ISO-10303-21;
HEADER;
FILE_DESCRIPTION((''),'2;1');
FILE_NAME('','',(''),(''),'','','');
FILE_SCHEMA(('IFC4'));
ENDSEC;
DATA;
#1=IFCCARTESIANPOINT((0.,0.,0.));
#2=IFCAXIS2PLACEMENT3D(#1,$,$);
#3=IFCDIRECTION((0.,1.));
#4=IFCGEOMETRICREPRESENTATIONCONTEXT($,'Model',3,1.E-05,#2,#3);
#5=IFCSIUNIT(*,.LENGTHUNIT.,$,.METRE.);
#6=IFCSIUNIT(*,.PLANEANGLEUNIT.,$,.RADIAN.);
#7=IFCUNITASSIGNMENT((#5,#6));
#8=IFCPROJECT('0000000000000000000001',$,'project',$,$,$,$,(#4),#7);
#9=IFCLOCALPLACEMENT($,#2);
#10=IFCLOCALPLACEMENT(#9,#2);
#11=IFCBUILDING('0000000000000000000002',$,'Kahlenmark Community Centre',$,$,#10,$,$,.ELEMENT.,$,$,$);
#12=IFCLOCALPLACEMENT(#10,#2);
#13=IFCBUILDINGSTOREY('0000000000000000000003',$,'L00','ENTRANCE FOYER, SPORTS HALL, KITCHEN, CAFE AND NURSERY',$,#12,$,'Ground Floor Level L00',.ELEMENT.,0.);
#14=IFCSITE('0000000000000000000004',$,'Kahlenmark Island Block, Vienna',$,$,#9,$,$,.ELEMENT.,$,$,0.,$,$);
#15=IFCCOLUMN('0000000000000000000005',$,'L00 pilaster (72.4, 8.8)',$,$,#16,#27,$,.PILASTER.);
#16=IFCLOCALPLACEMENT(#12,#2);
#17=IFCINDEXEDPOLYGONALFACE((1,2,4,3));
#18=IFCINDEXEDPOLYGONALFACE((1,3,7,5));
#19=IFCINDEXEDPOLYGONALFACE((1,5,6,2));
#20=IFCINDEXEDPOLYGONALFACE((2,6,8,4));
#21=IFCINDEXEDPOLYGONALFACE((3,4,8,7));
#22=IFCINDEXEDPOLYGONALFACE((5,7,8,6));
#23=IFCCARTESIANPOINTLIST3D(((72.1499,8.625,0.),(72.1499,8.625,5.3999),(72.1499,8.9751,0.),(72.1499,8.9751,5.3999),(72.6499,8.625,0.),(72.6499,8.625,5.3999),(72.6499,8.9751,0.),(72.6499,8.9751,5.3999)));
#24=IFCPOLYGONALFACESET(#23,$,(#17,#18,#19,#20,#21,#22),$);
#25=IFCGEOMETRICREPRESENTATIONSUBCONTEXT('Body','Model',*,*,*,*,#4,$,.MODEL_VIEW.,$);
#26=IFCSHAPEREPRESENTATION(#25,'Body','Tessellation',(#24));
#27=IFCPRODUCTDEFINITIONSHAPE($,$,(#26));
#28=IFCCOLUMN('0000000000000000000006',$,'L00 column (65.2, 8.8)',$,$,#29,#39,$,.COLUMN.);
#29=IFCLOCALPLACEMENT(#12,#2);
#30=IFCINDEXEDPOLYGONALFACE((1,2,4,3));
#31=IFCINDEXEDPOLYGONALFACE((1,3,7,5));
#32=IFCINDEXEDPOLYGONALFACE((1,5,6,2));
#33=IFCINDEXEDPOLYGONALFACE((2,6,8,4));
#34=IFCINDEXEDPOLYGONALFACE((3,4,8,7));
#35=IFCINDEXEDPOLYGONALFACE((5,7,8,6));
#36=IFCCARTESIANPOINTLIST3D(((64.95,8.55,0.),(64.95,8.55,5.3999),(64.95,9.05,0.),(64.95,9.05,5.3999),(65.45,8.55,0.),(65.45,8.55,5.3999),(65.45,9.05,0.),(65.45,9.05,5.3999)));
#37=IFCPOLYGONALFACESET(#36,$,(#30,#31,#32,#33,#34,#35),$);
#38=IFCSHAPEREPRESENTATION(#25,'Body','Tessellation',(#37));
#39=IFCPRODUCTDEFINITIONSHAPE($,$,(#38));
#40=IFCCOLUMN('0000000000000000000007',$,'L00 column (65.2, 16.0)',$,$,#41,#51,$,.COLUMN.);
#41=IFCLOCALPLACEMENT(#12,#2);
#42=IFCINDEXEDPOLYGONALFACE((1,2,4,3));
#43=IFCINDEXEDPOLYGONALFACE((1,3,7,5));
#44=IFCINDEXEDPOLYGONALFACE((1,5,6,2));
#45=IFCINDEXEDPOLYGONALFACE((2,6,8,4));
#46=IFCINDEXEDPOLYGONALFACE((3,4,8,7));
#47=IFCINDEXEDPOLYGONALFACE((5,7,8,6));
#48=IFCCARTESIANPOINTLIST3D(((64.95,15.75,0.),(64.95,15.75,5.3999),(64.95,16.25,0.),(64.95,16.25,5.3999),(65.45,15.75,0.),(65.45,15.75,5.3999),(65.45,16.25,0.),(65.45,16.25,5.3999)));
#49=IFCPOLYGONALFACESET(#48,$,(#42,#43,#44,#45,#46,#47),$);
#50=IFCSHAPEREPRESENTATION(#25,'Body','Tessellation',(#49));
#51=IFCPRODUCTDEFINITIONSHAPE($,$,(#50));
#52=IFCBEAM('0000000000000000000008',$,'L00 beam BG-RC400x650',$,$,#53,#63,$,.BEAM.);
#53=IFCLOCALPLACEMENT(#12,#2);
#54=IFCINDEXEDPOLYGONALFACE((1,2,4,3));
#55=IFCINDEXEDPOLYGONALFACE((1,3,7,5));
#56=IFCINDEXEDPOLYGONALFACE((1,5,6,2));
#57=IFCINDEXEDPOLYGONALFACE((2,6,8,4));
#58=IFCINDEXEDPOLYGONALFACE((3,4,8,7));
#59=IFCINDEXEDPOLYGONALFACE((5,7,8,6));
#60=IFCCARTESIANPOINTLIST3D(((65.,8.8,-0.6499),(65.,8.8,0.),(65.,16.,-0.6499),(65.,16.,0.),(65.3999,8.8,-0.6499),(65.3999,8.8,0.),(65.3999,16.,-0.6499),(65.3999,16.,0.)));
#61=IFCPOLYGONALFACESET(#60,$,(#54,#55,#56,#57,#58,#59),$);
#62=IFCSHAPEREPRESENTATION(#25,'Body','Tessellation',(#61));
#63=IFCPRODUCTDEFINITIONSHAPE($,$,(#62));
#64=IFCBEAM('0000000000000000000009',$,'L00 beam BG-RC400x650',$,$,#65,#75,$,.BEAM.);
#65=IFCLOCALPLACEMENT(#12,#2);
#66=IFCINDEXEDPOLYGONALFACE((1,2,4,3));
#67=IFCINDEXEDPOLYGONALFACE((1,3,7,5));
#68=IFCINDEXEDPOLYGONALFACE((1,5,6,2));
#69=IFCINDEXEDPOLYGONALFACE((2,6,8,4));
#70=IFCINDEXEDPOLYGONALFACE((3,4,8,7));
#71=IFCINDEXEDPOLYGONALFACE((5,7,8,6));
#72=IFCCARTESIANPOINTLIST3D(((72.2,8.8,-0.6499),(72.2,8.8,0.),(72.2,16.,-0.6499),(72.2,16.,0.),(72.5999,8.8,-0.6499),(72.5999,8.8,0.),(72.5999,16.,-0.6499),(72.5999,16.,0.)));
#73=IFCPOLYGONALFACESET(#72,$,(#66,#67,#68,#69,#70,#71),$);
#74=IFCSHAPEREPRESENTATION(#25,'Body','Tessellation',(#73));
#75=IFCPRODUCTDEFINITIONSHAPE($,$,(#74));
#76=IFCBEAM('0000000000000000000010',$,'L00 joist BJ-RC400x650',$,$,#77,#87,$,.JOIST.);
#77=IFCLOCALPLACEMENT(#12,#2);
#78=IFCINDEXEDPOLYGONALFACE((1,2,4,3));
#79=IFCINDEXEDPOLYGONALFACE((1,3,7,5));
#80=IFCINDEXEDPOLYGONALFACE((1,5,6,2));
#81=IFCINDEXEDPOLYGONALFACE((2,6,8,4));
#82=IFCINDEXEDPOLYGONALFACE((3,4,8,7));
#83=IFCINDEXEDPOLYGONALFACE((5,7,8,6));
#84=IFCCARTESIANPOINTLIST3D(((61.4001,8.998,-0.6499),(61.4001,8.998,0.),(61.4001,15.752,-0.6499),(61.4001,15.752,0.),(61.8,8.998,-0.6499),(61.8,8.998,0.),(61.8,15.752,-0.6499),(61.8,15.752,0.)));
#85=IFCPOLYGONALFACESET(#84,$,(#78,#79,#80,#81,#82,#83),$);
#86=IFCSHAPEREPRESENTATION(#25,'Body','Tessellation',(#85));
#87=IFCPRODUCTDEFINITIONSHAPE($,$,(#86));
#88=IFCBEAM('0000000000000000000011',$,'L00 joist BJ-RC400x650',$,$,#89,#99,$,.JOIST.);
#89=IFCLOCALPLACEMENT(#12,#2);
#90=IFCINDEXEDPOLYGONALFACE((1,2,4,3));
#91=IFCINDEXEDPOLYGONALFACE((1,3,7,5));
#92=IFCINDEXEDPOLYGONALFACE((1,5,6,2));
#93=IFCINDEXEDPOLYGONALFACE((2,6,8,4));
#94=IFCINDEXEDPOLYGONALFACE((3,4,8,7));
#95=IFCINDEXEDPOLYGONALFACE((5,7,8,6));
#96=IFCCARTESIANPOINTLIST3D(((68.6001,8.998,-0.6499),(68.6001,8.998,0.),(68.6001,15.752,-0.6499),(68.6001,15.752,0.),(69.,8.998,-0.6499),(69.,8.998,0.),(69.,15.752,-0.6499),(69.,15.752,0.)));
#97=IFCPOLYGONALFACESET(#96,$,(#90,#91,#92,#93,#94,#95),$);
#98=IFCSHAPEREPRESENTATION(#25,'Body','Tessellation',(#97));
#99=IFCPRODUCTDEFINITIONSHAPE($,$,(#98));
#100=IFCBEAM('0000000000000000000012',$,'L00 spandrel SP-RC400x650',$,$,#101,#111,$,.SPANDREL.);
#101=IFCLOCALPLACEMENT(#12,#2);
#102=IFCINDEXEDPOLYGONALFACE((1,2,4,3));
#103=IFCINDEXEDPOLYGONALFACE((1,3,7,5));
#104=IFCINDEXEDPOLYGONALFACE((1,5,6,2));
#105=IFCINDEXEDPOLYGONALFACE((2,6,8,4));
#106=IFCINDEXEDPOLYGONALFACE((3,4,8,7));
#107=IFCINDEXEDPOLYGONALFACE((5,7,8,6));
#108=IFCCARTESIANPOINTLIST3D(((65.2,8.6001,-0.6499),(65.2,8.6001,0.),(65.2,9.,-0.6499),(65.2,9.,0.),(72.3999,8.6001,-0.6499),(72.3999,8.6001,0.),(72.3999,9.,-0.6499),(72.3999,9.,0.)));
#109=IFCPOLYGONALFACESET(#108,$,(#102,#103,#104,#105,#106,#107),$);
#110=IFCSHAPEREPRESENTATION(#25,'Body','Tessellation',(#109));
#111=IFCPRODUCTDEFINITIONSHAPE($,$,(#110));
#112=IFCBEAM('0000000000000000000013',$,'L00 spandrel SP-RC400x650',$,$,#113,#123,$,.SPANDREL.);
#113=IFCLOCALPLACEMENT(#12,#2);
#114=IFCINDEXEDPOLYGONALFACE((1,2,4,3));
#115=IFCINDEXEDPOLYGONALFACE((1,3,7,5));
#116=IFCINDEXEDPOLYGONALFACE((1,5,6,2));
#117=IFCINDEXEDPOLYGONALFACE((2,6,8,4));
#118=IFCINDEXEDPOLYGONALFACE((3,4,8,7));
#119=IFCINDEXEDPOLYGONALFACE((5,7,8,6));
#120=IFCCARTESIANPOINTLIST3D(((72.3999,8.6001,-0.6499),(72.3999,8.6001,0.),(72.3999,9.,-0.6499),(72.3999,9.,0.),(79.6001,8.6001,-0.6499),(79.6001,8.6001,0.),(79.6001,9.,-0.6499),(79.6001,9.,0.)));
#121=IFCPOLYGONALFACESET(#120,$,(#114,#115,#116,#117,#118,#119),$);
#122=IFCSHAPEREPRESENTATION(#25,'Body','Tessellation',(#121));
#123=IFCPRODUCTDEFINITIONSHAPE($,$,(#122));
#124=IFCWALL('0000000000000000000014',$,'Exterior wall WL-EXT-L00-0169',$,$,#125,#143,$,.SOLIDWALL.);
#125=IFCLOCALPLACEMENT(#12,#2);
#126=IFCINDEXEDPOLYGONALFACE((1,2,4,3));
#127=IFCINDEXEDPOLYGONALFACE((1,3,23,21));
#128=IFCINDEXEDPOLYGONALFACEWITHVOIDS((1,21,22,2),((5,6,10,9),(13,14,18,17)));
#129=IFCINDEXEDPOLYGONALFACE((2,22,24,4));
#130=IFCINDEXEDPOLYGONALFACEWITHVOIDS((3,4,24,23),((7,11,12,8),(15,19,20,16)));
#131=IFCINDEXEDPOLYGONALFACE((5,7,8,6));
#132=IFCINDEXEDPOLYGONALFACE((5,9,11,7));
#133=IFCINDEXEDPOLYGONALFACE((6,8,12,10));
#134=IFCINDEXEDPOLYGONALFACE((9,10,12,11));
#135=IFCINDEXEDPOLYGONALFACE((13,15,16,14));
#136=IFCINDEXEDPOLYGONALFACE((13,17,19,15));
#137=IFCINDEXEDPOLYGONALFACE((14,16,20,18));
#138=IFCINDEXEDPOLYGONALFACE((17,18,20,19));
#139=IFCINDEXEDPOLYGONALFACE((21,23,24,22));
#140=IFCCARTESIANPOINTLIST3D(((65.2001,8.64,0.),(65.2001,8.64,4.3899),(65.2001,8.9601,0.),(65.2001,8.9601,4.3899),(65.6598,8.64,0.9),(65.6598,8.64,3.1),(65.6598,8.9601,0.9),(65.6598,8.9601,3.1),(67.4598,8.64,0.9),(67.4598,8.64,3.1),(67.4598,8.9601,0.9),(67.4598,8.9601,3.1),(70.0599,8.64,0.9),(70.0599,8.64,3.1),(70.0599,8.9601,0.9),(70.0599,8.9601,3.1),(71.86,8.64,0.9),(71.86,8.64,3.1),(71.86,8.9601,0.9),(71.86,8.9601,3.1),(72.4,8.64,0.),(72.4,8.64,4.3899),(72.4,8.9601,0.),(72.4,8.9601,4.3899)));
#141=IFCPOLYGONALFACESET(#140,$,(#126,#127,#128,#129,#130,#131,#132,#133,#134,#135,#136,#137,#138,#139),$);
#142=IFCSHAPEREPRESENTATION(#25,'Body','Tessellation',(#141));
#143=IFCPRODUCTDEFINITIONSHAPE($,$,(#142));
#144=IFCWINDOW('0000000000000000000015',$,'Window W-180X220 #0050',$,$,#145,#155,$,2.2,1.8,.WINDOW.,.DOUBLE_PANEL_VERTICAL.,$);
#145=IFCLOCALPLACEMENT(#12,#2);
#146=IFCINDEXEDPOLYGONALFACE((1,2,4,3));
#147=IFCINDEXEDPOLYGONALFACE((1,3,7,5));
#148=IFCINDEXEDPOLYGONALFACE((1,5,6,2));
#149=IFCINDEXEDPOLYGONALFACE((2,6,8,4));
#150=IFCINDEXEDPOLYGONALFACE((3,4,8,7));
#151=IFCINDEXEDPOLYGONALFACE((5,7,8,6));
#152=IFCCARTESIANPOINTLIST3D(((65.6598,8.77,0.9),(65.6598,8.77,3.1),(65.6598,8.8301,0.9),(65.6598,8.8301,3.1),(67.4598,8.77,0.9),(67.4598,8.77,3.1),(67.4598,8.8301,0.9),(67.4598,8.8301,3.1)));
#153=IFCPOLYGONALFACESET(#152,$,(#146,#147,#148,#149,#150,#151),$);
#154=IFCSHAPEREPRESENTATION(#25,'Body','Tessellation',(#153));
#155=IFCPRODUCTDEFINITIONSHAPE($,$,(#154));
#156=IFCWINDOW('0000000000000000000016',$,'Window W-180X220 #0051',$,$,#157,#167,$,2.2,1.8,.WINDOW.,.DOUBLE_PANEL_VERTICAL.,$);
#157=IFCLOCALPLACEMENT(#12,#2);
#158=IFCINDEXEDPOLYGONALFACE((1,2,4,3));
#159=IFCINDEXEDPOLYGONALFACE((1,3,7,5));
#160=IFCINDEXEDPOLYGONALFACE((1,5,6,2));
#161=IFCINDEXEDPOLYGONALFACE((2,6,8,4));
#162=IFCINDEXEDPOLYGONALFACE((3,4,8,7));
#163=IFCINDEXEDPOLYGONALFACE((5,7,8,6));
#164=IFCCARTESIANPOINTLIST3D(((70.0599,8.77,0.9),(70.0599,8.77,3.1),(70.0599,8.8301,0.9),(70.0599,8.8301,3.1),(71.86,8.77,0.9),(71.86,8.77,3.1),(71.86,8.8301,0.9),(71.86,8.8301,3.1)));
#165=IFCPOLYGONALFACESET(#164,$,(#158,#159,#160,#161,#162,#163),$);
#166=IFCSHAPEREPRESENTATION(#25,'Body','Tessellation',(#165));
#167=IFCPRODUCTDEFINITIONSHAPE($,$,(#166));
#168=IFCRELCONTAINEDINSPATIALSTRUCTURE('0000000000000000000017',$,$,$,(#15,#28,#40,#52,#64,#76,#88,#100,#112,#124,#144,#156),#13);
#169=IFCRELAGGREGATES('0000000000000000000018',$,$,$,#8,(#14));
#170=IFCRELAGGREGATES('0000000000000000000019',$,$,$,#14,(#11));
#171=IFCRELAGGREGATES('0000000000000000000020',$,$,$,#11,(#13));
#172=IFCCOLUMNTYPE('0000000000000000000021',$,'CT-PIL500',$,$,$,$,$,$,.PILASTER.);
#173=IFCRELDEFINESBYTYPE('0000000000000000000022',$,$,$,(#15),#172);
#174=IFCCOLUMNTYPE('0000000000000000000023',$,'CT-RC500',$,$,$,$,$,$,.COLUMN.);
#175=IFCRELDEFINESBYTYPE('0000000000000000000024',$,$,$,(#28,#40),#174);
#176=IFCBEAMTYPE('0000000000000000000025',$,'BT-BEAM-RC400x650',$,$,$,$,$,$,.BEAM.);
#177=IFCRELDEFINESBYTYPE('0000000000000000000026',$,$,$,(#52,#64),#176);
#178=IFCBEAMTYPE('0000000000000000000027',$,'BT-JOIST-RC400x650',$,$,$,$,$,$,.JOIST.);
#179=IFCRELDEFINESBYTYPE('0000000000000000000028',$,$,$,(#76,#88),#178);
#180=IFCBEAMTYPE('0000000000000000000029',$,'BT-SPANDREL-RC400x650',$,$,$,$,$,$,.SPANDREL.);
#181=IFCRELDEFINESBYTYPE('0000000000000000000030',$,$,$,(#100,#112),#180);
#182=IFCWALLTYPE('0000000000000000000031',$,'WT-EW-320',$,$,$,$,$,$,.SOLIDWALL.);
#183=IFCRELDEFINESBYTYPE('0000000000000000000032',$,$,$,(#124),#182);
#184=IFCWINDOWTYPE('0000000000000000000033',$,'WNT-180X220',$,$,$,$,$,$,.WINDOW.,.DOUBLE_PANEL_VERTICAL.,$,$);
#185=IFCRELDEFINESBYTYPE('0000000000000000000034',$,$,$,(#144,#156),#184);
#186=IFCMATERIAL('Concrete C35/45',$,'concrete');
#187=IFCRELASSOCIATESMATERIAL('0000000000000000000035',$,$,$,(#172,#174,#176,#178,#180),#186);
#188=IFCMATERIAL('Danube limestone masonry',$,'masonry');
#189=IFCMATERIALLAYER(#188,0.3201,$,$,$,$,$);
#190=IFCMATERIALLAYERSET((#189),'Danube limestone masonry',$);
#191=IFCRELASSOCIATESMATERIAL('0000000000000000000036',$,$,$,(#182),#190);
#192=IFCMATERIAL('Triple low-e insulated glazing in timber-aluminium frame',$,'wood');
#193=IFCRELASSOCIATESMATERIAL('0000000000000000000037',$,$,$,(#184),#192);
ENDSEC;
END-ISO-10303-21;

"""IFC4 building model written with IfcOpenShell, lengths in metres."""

from ifc_helpers import new_model, si_unit, direction, frame, frame_2d, origin, origin_2d, place, context, subcontext, project, spatial, rectangle, extrude, material, layer, layer_set, material_profile, profile_set, type_object, element, fill, save


model = new_model("IFC4")

# Units and contexts
model_context = context("Model", 3, precision=1e-05, world=origin(), true_north=direction((0.0, 1.0)))
body_context = subcontext(model_context, "Body", "Model", "MODEL_VIEW")
ifc_project = project(units=[si_unit("LENGTHUNIT", "METRE"), si_unit("PLANEANGLEUNIT", "RADIAN")], contexts=[model_context])

# Site, building, storey
site_placement = place(None, origin())
site = spatial("IfcSite", under=ifc_project, at=site_placement, Name="Kahlenmark Island Block, Vienna", CompositionType="ELEMENT", RefElevation=0.0)
building_placement = place(site_placement, origin())
building = spatial("IfcBuilding", under=site, at=building_placement, Name="Kahlenmark Community Centre", CompositionType="ELEMENT")
storey_placement = place(building_placement, origin())
storey = spatial("IfcBuildingStorey", under=building, at=storey_placement, Name="L00", Description="ENTRANCE FOYER, SPORTS HALL, KITCHEN, CAFE AND NURSERY", LongName="Ground Floor Level L00", CompositionType="ELEMENT", Elevation=0.0)

# Columns
ifc_material_1 = material(Name="Concrete C35/45", Category="concrete")
ifc_material_profile_1 = material_profile(ifc_material_1, rectangle(XDim=0.5, YDim=0.3501, at=origin_2d()), Name="RC 500x350")
ifc_profile_set_1 = profile_set([ifc_material_profile_1], Name="Concrete C35/45")
column_type_1 = type_object("IfcColumnType", Name="CT-PIL500", PredefinedType="PILASTER", material=ifc_profile_set_1)
column_placement = place(storey_placement, frame((72.3999, 8.8, 0.0), z_axis=(0.0, 0.0, 1.0), x_axis=(1.0, 0.0, 0.0)))
element("IfcColumn", 1, at=column_placement, inside=storey, type_object=column_type_1, Name="L00 pilaster (72.4, 8.8)", PredefinedType="PILASTER", context=body_context, shape_type="SweptSolid", body=[
    extrude(rectangle(XDim=0.5, YDim=0.3501, at=origin_2d()), origin(), (0.0, 0.0, 1.0), 5.3999),
])
ifc_material_profile_2 = material_profile(ifc_material_1, rectangle(XDim=0.5, YDim=0.5, at=origin_2d()), Name="RC 500x500")
ifc_profile_set_2 = profile_set([ifc_material_profile_2], Name="Concrete C35/45")
column_type_2 = type_object("IfcColumnType", Name="CT-RC500", PredefinedType="COLUMN", material=ifc_profile_set_2)
for number, where, z_axis, x_axis, name in (
    (2, (65.2, 8.8, 0.0), (0.0, 0.0, 1.0), (1.0, 0.0, 0.0), "L00 column (65.2, 8.8)"),
    (3, (65.2, 16.0, 0.0), (0.0, 0.0, 1.0), (1.0, 0.0, 0.0), "L00 column (65.2, 16.0)"),
):
    element("IfcColumn", number, at=place(storey_placement, frame(where, z_axis=z_axis, x_axis=x_axis)), inside=storey, type_object=column_type_2, Name=name, PredefinedType="COLUMN", context=body_context, shape_type="SweptSolid", body=[
        extrude(rectangle(XDim=0.5, YDim=0.5, at=origin_2d()), origin(), (0.0, 0.0, 1.0), 5.3999),
    ])

# Beams
ifc_material_profile_3 = material_profile(ifc_material_1, rectangle(XDim=0.3999, YDim=0.6499, at=origin_2d()), Name="RC 400x650")
ifc_profile_set_3 = profile_set([ifc_material_profile_3], Name="Concrete C35/45")
beam_type_1 = type_object("IfcBeamType", Name="BT-BEAM-RC400x650", PredefinedType="BEAM", material=ifc_profile_set_3)
for number, where, z_axis, x_axis, name in (
    (4, (65.2, 8.8, -0.325), (0.0, 1.0, 0.0), (-1.0, 0.0, 0.0), "L00 beam BG-RC400x650"),
    (5, (72.3999, 8.8, -0.325), (0.0, 1.0, 0.0), (-1.0, 0.0, 0.0), "L00 beam BG-RC400x650"),
):
    element("IfcBeam", number, at=place(storey_placement, frame(where, z_axis=z_axis, x_axis=x_axis)), inside=storey, type_object=beam_type_1, Name=name, PredefinedType="BEAM", context=body_context, shape_type="SweptSolid", body=[
        extrude(rectangle(XDim=0.3999, YDim=0.6499, at=origin_2d()), origin(), (0.0, 0.0, 1.0), 7.2),
    ])
ifc_material_profile_4 = material_profile(ifc_material_1, rectangle(XDim=0.3999, YDim=0.6499, at=origin_2d()), Name="RC 400x650")
ifc_profile_set_4 = profile_set([ifc_material_profile_4], Name="Concrete C35/45")
beam_type_2 = type_object("IfcBeamType", Name="BT-JOIST-RC400x650", PredefinedType="JOIST", material=ifc_profile_set_4)
for number, where, z_axis, x_axis, name in (
    (6, (61.6001, 8.998, -0.325), (0.0, 1.0, 0.0), (-1.0, 0.0, 0.0), "L00 joist BJ-RC400x650"),
    (7, (68.8, 8.998, -0.325), (0.0, 1.0, 0.0), (-1.0, 0.0, 0.0), "L00 joist BJ-RC400x650"),
):
    element("IfcBeam", number, at=place(storey_placement, frame(where, z_axis=z_axis, x_axis=x_axis)), inside=storey, type_object=beam_type_2, Name=name, PredefinedType="JOIST", context=body_context, shape_type="SweptSolid", body=[
        extrude(rectangle(XDim=0.3999, YDim=0.6499, at=origin_2d()), origin(), (0.0, 0.0, 1.0), 6.7539),
    ])
ifc_material_profile_5 = material_profile(ifc_material_1, rectangle(XDim=0.3999, YDim=0.6499, at=origin_2d()), Name="RC 400x650")
ifc_profile_set_5 = profile_set([ifc_material_profile_5], Name="Concrete C35/45")
beam_type_3 = type_object("IfcBeamType", Name="BT-SPANDREL-RC400x650", PredefinedType="SPANDREL", material=ifc_profile_set_5)
beam_1_placement = place(storey_placement, frame((65.2, 8.8, -0.325), z_axis=(1.0, 0.0, 0.0), x_axis=(0.0, 1.0, 0.0)))
element("IfcBeam", 8, at=beam_1_placement, inside=storey, type_object=beam_type_3, Name="L00 spandrel SP-RC400x650", PredefinedType="SPANDREL", context=body_context, shape_type="SweptSolid", body=[
    extrude(rectangle(XDim=0.3999, YDim=0.6499, at=origin_2d()), origin(), (0.0, 0.0, 1.0), 7.2),
])
beam_2_placement = place(storey_placement, frame((72.3999, 8.8, -0.325), z_axis=(1.0, 0.0, 0.0), x_axis=(0.0, 1.0, 0.0)))
element("IfcBeam", 9, at=beam_2_placement, inside=storey, type_object=beam_type_3, Name="L00 spandrel SP-RC400x650", PredefinedType="SPANDREL", context=body_context, shape_type="SweptSolid", body=[
    extrude(rectangle(XDim=0.3999, YDim=0.6499, at=origin_2d()), origin(), (0.0, 0.0, 1.0), 7.2002),
])

# Wall, openings, windows
ifc_material_2 = material(Name="Danube limestone masonry", Category="masonry")
ifc_layer_1 = layer(ifc_material_2, 0.3201)
ifc_layer_set_1 = layer_set([ifc_layer_1], Name="Danube limestone masonry")
wall_type_1 = type_object("IfcWallType", Name="WT-EW-320", PredefinedType="SOLIDWALL", material=ifc_layer_set_1)
wall_1_placement = place(storey_placement, frame((65.2, 8.8, 0.0), z_axis=(0.0, 0.0, 1.0), x_axis=(1.0, 0.0, 0.0)))
wall_1 = element("IfcWall", 10, at=wall_1_placement, inside=storey, type_object=wall_type_1, Name="Exterior wall WL-EXT-L00-0169", PredefinedType="SOLIDWALL", context=body_context, shape_type="SweptSolid", body=[
    extrude(rectangle(XDim=7.2, YDim=0.3201, at=frame_2d((3.6001, 0.0))), origin(), (0.0, 0.0, 1.0), 4.3899),
])
opening_1_placement = place(wall_1_placement, frame((0.46, 0.0, 0.8999)))
opening_1 = element("IfcOpeningElement", 11, at=opening_1_placement, cuts=wall_1, PredefinedType="OPENING", context=body_context, shape_type="SweptSolid", body=[
    extrude(rectangle(XDim=1.8, YDim=2.2, at=frame_2d((0.8999, 1.1001))), frame((0.0, 0.1699, 0.0), z_axis=(0.0, -1.0, 0.0), x_axis=(1.0, 0.0, 0.0)), (0.0, 0.0, 1.0), 0.3401),
])
opening_2_placement = place(wall_1_placement, frame((4.8601, 0.0, 0.8999)))
opening_2 = element("IfcOpeningElement", 12, at=opening_2_placement, cuts=wall_1, PredefinedType="OPENING", context=body_context, shape_type="SweptSolid", body=[
    extrude(rectangle(XDim=1.8, YDim=2.2, at=frame_2d((0.8999, 1.1001))), frame((0.0, 0.1699, 0.0), z_axis=(0.0, -1.0, 0.0), x_axis=(1.0, 0.0, 0.0)), (0.0, 0.0, 1.0), 0.3401),
])
ifc_material_3 = material(Name="Triple low-e insulated glazing in timber-aluminium frame", Category="wood")
window_type = type_object("IfcWindowType", Name="WNT-180X220", PartitioningType="DOUBLE_PANEL_VERTICAL", PredefinedType="WINDOW", material=ifc_material_3)
window_1_placement = place(opening_1_placement, origin())
window_1 = element("IfcWindow", 13, at=window_1_placement, inside=storey, type_object=window_type, Name="Window W-180X220 #0050", OverallHeight=2.2, OverallWidth=1.8, PartitioningType="DOUBLE_PANEL_VERTICAL", PredefinedType="WINDOW", context=body_context, shape_type="SweptSolid", body=[
    extrude(rectangle(XDim=1.8, YDim=2.2, at=frame_2d((0.8999, 1.1001))), frame((0.0, 0.03, 0.0), z_axis=(0.0, -1.0, 0.0), x_axis=(1.0, 0.0, 0.0)), (0.0, 0.0, 1.0), 0.0601),
])
fill(opening_1, window_1)
window_2_placement = place(opening_2_placement, origin())
window_2 = element("IfcWindow", 14, at=window_2_placement, inside=storey, type_object=window_type, Name="Window W-180X220 #0051", OverallHeight=2.2, OverallWidth=1.8, PartitioningType="DOUBLE_PANEL_VERTICAL", PredefinedType="WINDOW", context=body_context, shape_type="SweptSolid", body=[
    extrude(rectangle(XDim=1.8, YDim=2.2, at=frame_2d((0.8999, 1.1001))), frame((0.0, 0.03, 0.0), z_axis=(0.0, -1.0, 0.0), x_axis=(1.0, 0.0, 0.0)), (0.0, 0.0, 1.0), 0.0601),
])
fill(opening_2, window_2)

save(model, "model.ifc")
